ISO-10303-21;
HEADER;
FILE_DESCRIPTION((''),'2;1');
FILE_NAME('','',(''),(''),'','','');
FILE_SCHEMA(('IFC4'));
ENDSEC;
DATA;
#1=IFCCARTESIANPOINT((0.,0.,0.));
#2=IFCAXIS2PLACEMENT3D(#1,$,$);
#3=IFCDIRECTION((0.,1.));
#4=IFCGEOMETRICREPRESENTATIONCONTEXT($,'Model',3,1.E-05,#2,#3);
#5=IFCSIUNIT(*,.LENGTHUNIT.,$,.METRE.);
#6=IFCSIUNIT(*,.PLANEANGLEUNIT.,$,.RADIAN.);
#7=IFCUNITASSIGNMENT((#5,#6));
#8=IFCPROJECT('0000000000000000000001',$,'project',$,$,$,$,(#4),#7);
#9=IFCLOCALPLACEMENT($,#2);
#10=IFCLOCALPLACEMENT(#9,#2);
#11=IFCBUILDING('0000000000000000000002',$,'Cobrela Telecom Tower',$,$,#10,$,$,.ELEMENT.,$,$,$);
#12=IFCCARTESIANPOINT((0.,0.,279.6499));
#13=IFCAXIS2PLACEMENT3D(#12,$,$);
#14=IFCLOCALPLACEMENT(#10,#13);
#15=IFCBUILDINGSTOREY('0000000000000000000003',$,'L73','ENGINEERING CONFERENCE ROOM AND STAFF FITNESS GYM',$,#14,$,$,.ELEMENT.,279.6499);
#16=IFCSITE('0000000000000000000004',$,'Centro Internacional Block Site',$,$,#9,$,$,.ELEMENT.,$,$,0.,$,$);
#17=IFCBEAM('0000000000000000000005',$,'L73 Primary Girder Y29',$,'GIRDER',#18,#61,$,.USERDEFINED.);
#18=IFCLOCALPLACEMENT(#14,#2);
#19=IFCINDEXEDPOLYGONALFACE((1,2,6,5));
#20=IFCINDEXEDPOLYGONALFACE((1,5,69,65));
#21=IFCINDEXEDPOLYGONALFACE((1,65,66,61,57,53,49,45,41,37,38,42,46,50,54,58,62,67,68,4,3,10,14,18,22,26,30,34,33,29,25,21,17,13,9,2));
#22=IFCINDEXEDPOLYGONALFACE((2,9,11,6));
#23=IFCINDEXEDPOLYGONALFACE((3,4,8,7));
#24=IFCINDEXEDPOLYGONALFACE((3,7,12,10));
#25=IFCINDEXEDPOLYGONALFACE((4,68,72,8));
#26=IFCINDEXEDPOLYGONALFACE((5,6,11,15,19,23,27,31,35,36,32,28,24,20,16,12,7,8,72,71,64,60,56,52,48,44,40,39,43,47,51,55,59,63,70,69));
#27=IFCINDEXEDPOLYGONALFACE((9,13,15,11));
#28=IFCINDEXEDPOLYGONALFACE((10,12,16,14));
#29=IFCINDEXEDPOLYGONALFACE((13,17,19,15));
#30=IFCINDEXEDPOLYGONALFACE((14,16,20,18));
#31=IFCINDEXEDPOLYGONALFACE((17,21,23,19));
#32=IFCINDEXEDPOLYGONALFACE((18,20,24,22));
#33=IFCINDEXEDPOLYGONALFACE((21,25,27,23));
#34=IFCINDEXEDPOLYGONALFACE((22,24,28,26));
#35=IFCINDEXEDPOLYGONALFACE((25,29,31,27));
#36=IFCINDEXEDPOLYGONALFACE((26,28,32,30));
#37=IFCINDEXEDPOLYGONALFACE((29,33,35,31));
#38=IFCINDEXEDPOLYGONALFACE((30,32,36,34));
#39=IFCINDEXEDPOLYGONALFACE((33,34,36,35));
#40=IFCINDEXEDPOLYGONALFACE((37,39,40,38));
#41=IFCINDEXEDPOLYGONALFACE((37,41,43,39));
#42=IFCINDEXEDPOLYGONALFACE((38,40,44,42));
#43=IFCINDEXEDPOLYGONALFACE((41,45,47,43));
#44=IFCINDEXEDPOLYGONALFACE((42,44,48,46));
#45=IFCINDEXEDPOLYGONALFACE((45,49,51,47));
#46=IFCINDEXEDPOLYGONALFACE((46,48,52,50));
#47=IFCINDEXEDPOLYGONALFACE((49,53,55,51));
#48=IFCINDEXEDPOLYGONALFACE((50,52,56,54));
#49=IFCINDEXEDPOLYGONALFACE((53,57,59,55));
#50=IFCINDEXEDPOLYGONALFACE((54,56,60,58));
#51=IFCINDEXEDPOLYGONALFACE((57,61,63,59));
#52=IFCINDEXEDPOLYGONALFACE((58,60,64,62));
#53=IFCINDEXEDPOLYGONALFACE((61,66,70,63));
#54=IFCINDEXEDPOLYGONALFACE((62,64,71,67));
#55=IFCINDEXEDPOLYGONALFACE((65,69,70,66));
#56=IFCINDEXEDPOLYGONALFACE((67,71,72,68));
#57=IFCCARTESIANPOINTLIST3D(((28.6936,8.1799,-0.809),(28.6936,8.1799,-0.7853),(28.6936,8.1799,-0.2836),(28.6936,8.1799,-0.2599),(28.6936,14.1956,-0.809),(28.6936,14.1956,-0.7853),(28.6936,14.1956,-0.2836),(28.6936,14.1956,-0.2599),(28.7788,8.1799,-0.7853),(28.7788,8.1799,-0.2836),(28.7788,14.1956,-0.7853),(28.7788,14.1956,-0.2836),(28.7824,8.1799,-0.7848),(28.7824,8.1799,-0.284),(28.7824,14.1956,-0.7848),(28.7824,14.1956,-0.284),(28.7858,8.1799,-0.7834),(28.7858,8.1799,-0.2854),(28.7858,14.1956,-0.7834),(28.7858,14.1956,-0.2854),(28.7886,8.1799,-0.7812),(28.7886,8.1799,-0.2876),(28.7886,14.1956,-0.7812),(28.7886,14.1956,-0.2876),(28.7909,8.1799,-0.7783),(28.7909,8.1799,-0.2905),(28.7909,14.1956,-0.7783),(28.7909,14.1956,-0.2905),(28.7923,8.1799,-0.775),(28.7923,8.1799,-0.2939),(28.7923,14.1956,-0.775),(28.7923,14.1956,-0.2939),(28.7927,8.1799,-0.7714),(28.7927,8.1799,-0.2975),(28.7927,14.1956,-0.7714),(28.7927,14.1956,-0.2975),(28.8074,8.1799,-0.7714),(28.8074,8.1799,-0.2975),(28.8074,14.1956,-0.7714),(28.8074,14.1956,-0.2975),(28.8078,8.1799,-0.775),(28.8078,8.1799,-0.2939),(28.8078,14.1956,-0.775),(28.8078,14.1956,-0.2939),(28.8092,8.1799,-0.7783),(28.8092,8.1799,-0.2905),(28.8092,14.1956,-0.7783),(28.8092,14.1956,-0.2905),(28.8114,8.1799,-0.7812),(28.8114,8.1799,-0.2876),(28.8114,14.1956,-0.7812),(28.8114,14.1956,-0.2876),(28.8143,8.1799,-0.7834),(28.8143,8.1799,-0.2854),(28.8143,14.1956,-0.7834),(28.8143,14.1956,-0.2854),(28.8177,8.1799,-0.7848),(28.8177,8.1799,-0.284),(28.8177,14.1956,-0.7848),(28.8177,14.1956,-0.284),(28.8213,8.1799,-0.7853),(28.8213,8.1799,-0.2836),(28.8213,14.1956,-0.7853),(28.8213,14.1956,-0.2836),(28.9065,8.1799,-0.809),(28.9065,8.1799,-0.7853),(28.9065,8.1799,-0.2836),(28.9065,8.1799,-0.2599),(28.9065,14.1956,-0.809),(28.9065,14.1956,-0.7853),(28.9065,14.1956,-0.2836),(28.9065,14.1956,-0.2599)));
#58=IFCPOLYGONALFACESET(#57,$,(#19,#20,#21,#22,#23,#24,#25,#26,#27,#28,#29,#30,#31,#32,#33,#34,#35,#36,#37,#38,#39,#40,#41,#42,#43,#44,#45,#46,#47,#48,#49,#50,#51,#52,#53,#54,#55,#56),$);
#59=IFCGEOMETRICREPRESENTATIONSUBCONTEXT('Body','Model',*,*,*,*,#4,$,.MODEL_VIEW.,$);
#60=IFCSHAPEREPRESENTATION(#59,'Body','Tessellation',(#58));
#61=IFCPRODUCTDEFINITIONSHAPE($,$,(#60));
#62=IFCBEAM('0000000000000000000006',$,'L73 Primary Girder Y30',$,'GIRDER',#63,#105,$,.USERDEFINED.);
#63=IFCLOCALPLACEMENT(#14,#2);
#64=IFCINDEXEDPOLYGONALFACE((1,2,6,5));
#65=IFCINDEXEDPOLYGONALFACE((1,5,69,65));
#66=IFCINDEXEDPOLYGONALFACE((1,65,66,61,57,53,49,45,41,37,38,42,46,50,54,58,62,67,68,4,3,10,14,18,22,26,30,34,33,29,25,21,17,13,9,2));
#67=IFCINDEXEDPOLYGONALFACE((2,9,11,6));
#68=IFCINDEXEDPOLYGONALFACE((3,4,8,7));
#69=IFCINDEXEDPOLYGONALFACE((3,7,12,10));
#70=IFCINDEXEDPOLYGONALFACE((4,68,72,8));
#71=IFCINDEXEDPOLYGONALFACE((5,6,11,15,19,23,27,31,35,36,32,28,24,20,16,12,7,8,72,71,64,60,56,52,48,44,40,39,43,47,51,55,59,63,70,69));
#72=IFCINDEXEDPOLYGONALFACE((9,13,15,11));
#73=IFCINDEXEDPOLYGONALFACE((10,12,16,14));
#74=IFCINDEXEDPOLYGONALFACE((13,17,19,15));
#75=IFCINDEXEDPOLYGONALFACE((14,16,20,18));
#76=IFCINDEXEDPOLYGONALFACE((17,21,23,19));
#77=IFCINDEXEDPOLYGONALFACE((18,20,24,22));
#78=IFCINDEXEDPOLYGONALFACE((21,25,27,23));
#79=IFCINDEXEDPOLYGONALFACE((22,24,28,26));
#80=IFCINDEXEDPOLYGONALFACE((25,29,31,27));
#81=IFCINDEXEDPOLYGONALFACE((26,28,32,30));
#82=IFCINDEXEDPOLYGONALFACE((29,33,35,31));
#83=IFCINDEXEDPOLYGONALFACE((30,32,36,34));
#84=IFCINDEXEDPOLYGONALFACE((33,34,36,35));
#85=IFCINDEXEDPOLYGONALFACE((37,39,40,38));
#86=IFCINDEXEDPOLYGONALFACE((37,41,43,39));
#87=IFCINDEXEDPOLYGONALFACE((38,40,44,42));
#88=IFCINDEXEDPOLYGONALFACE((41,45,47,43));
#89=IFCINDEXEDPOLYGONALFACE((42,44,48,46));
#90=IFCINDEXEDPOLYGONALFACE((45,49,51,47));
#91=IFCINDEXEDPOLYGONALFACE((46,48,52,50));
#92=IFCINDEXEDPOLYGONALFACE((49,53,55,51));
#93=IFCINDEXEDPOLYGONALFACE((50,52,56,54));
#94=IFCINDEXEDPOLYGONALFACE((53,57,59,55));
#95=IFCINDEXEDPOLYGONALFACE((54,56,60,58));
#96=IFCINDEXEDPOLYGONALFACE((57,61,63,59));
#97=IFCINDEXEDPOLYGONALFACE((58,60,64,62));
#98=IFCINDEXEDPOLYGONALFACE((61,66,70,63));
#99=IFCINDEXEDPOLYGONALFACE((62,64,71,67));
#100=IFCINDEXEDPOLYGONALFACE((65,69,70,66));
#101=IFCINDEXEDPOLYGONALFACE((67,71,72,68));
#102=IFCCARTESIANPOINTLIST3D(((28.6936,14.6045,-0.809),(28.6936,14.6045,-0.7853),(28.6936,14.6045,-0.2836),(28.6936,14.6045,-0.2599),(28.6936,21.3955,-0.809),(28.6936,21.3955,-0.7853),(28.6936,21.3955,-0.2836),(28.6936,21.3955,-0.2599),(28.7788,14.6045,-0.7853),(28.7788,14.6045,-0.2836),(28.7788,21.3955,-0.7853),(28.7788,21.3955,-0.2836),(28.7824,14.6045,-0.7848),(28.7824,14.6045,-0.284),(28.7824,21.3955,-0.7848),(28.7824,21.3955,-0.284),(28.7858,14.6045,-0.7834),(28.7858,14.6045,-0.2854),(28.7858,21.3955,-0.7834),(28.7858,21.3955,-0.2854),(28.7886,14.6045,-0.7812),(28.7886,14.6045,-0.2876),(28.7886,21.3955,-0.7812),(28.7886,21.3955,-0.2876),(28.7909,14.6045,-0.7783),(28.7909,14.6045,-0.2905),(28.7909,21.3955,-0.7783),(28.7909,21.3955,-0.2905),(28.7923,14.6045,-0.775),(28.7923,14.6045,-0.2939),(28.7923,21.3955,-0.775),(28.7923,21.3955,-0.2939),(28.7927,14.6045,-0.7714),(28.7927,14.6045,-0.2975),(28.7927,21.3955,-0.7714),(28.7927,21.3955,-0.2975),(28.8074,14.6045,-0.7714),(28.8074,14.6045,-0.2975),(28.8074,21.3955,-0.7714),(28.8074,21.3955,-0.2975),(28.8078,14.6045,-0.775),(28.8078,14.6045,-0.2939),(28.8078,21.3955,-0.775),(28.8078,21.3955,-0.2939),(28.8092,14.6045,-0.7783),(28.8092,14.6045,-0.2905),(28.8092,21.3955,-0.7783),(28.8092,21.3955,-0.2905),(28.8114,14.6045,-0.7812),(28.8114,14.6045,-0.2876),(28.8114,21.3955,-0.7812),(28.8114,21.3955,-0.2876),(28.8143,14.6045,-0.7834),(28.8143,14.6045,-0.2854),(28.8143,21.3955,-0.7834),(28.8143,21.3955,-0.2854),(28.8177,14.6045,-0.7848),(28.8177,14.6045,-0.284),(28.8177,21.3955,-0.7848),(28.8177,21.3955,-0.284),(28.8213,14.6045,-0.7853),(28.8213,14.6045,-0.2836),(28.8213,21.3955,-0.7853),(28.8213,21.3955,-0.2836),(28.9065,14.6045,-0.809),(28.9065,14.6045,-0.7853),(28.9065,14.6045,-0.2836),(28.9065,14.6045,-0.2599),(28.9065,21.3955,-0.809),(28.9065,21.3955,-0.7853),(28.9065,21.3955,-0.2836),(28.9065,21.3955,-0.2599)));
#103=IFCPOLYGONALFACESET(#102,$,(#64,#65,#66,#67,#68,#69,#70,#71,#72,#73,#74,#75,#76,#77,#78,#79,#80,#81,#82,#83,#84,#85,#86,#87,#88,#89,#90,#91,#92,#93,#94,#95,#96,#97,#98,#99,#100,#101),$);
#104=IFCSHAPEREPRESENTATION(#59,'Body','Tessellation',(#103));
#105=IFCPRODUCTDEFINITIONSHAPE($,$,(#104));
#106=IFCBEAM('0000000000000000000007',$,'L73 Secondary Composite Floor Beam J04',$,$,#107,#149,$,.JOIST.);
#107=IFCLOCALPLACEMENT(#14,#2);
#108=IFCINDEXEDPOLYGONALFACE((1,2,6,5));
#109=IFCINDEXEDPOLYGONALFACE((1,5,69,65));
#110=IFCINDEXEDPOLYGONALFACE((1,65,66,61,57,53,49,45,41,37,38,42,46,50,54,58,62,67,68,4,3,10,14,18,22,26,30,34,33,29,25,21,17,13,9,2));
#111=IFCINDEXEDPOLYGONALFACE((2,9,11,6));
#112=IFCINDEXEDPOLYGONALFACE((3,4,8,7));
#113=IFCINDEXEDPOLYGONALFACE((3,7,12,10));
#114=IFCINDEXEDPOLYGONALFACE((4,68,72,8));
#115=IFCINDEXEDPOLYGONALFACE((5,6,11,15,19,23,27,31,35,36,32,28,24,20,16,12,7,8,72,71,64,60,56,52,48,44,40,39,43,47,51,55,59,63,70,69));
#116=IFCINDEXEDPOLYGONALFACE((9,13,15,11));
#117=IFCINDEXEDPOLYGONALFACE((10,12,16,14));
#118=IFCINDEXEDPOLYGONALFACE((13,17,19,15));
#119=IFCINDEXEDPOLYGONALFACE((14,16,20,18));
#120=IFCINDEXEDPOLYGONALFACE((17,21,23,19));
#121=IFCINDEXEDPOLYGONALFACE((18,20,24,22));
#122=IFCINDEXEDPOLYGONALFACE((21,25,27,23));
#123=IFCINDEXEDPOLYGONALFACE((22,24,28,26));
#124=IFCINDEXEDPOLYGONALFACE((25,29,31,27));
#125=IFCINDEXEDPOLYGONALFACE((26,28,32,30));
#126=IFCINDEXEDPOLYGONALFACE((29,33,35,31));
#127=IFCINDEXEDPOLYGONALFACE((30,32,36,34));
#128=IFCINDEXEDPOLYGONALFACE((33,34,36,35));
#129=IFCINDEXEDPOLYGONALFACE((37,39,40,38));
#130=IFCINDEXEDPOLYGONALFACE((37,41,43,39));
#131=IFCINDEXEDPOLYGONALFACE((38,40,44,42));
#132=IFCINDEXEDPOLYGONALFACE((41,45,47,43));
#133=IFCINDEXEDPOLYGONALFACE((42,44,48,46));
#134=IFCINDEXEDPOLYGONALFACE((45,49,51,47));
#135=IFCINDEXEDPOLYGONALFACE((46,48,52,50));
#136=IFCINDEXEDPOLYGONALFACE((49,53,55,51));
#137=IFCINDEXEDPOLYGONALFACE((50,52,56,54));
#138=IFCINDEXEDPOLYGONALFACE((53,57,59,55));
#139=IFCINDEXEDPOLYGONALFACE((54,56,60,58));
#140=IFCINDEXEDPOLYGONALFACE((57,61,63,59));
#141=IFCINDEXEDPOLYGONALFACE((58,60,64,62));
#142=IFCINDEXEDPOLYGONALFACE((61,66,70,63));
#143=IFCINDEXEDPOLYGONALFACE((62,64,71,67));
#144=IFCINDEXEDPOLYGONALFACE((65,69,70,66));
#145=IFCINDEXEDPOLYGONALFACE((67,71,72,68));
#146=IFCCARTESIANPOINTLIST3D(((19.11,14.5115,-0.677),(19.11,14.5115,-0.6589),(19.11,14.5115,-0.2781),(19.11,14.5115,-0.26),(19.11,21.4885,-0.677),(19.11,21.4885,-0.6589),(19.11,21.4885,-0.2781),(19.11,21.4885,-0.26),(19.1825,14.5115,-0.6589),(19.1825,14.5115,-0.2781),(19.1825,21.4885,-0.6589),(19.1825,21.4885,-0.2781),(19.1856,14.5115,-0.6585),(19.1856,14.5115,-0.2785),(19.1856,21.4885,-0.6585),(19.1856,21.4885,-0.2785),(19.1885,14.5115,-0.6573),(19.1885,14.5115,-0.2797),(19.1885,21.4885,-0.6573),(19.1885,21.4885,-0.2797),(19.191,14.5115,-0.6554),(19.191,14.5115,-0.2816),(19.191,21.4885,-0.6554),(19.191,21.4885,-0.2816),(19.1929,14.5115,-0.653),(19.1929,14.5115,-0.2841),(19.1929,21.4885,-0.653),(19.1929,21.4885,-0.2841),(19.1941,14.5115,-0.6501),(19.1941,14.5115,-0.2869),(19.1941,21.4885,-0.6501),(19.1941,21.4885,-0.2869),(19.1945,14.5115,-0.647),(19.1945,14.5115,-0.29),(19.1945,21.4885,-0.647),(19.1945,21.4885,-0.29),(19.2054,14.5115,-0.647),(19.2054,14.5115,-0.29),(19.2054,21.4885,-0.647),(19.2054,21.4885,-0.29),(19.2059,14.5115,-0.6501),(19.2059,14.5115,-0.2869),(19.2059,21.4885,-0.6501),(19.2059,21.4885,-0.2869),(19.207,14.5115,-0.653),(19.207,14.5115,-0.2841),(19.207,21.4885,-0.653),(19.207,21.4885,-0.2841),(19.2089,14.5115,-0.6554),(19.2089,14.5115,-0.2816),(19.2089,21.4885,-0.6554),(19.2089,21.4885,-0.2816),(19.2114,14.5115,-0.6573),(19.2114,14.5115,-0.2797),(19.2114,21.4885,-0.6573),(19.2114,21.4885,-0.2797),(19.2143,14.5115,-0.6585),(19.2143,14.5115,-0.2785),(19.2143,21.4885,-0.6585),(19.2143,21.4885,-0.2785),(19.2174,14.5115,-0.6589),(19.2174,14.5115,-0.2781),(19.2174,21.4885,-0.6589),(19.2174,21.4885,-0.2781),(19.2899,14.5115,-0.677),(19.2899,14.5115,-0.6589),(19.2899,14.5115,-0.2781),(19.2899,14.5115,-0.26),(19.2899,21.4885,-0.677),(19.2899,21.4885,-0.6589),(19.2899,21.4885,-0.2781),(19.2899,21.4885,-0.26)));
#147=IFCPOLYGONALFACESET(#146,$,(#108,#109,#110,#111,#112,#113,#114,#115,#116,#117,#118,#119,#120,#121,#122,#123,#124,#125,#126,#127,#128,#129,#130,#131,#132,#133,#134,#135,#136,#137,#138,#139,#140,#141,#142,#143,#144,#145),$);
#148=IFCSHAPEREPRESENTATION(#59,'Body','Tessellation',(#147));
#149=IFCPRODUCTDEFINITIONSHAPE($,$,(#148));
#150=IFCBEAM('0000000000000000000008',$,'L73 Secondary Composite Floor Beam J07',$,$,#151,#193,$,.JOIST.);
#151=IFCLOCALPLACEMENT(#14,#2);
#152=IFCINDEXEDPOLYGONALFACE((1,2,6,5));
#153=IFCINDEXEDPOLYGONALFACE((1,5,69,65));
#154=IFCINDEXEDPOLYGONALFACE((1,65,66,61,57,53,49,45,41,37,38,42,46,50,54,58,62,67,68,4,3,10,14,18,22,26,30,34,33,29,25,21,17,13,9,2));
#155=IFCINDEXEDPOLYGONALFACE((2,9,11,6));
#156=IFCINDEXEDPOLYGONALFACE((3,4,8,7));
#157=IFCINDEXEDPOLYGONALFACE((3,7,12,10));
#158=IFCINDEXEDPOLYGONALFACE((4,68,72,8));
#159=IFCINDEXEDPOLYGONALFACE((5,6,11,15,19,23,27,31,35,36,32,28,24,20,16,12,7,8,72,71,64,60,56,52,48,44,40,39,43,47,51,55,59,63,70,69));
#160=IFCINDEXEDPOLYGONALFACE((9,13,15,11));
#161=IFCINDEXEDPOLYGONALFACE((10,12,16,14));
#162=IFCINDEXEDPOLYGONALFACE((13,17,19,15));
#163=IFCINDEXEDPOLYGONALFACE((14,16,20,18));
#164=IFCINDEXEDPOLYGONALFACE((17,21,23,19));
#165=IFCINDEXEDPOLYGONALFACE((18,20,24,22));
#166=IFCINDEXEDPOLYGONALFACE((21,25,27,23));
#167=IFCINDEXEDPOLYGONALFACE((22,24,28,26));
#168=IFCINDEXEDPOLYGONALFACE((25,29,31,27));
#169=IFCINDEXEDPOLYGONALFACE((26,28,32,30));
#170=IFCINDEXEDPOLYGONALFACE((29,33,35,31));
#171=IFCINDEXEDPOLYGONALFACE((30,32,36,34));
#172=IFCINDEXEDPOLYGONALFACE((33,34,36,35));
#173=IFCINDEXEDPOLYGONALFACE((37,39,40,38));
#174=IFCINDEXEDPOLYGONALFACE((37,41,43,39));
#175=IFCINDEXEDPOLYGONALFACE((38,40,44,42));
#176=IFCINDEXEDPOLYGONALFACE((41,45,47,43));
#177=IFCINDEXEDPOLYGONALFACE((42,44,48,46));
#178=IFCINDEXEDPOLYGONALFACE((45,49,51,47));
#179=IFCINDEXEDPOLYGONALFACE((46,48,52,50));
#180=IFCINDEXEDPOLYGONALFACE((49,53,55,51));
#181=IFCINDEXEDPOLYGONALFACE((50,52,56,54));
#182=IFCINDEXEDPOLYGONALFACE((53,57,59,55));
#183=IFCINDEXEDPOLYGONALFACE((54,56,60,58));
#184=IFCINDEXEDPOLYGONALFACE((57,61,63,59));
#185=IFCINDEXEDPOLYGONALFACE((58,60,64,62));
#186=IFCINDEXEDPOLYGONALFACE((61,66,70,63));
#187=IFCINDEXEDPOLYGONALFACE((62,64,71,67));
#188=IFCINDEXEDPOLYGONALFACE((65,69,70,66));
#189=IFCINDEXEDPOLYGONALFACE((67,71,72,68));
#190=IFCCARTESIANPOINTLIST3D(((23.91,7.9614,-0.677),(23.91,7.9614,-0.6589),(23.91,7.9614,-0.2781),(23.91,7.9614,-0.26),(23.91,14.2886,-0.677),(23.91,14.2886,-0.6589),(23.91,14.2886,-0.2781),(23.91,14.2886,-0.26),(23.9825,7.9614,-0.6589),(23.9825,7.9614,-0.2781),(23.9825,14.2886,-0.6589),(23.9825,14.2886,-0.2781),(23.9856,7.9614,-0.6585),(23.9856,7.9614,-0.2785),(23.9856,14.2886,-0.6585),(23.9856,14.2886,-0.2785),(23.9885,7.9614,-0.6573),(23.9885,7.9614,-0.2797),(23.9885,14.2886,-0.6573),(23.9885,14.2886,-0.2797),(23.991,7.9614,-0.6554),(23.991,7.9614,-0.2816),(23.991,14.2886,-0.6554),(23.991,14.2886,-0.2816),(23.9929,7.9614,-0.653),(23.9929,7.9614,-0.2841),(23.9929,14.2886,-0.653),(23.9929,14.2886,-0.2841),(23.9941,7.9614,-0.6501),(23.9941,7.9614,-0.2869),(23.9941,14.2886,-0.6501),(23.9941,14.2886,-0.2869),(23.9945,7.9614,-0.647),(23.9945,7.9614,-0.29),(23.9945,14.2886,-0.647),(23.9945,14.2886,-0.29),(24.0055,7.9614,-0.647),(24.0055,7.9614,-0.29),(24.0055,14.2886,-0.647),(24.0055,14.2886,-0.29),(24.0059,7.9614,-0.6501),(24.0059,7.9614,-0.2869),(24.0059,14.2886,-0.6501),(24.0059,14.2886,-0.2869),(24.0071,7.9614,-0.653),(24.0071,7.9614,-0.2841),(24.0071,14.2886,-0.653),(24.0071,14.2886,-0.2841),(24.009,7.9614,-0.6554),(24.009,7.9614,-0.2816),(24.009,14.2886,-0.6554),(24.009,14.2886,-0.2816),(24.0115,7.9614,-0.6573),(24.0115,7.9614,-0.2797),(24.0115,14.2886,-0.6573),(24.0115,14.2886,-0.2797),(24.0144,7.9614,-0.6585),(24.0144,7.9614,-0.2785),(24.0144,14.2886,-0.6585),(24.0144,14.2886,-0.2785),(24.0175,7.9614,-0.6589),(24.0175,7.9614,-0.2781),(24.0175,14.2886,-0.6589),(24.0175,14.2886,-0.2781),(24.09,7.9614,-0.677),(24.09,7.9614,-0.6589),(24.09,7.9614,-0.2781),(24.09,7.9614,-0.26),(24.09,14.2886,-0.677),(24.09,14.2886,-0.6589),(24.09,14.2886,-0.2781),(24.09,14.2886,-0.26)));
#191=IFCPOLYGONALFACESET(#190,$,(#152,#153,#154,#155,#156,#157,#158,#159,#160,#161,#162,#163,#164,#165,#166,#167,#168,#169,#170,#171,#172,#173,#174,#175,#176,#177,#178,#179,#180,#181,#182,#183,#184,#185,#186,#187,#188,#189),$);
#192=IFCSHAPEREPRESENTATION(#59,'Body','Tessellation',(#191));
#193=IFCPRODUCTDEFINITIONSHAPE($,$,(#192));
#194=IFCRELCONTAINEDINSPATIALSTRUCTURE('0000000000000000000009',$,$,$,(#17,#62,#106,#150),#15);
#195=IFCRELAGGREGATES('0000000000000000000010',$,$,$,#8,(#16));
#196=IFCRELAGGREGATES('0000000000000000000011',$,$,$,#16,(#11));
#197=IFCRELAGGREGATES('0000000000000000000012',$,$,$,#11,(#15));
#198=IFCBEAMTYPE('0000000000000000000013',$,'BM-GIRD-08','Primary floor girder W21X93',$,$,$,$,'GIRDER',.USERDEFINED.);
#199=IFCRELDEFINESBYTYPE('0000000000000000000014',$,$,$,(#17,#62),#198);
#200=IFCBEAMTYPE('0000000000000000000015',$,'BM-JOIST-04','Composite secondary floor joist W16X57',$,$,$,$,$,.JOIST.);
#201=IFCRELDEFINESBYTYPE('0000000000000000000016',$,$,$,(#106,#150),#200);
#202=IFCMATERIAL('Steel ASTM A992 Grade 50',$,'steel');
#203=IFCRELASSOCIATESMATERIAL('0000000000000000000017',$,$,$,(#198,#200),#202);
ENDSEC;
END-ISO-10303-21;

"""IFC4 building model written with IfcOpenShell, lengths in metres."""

from ifc_helpers import new_model, si_unit, direction, frame, origin, origin_2d, place, context, subcontext, project, spatial, i_section, extrude, material, material_profile, profile_set, type_object, element, save


model = new_model("IFC4")

# Units and contexts
model_context = context("Model", 3, precision=1e-05, world=origin(), true_north=direction((0.0, 1.0)))
body_context = subcontext(model_context, "Body", "Model", "MODEL_VIEW")
ifc_project = project(units=[si_unit("LENGTHUNIT", "METRE"), si_unit("PLANEANGLEUNIT", "RADIAN")], contexts=[model_context])

# Site, building, storey
site_placement = place(None, origin())
site = spatial("IfcSite", under=ifc_project, at=site_placement, Name="Centro Internacional Block Site", CompositionType="ELEMENT", RefElevation=0.0)
building_placement = place(site_placement, origin())
building = spatial("IfcBuilding", under=site, at=building_placement, Name="Cobrela Telecom Tower", CompositionType="ELEMENT")
storey_placement = place(building_placement, frame((0.0, 0.0, 279.6499)))
storey = spatial("IfcBuildingStorey", under=building, at=storey_placement, Name="L73", Description="ENGINEERING CONFERENCE ROOM AND STAFF FITNESS GYM", CompositionType="ELEMENT", Elevation=279.6499)

# Shared definitions
ifc_material_1 = material(Name="Steel ASTM A992 Grade 50", Category="steel")

# Beams
ifc_material_profile_1 = material_profile(ifc_material_1, i_section(OverallWidth=0.2129, OverallDepth=0.5491, WebThickness=0.0146, FlangeThickness=0.0237, FilletRadius=0.0139, at=origin_2d()), Name="W21X93")
ifc_profile_set_1 = profile_set([ifc_material_profile_1], Name="Steel ASTM A992 Grade 50")
beam_type_1 = type_object("IfcBeamType", Name="BM-GIRD-08", Description="Primary floor girder W21X93", ElementType="GIRDER", PredefinedType="USERDEFINED", material=ifc_profile_set_1)
beam_1_placement = place(storey_placement, frame((28.8, 8.1799, -0.5344), z_axis=(0.0, 1.0, 0.0), x_axis=(-1.0, 0.0, 0.0)))
element("IfcBeam", 1, at=beam_1_placement, inside=storey, type_object=beam_type_1, Name="L73 Primary Girder Y29", ObjectType="GIRDER", PredefinedType="USERDEFINED", context=body_context, shape_type="SweptSolid", body=[
    extrude(i_section(OverallWidth=0.2129, OverallDepth=0.5491, WebThickness=0.0146, FlangeThickness=0.0237, FilletRadius=0.0139, at=origin_2d()), origin(), (0.0, 0.0, 1.0), 6.0156),
])
beam_2_placement = place(storey_placement, frame((28.8, 14.6045, -0.5344), z_axis=(0.0, 1.0, 0.0), x_axis=(-1.0, 0.0, 0.0)))
element("IfcBeam", 2, at=beam_2_placement, inside=storey, type_object=beam_type_1, Name="L73 Primary Girder Y30", ObjectType="GIRDER", PredefinedType="USERDEFINED", context=body_context, shape_type="SweptSolid", body=[
    extrude(i_section(OverallWidth=0.2129, OverallDepth=0.5491, WebThickness=0.0146, FlangeThickness=0.0237, FilletRadius=0.0139, at=origin_2d()), origin(), (0.0, 0.0, 1.0), 6.791),
])
ifc_material_profile_2 = material_profile(ifc_material_1, i_section(OverallWidth=0.1799, OverallDepth=0.417, WebThickness=0.011, FlangeThickness=0.0181, FilletRadius=0.012, at=origin_2d()), Name="W16X57")
ifc_profile_set_2 = profile_set([ifc_material_profile_2], Name="Steel ASTM A992 Grade 50")
beam_type_2 = type_object("IfcBeamType", Name="BM-JOIST-04", Description="Composite secondary floor joist W16X57", PredefinedType="JOIST", material=ifc_profile_set_2)
beam_3_placement = place(storey_placement, frame((19.2, 14.5115, -0.4685), z_axis=(0.0, 1.0, 0.0), x_axis=(-1.0, 0.0, 0.0)))
element("IfcBeam", 3, at=beam_3_placement, inside=storey, type_object=beam_type_2, Name="L73 Secondary Composite Floor Beam J04", PredefinedType="JOIST", context=body_context, shape_type="SweptSolid", body=[
    extrude(i_section(OverallWidth=0.1799, OverallDepth=0.417, WebThickness=0.011, FlangeThickness=0.0181, FilletRadius=0.012, at=origin_2d()), origin(), (0.0, 0.0, 1.0), 6.9771),
])
beam_4_placement = place(storey_placement, frame((24.0, 7.9614, -0.4685), z_axis=(0.0, 1.0, 0.0), x_axis=(-1.0, 0.0, 0.0)))
element("IfcBeam", 4, at=beam_4_placement, inside=storey, type_object=beam_type_2, Name="L73 Secondary Composite Floor Beam J07", PredefinedType="JOIST", context=body_context, shape_type="SweptSolid", body=[
    extrude(i_section(OverallWidth=0.1799, OverallDepth=0.417, WebThickness=0.011, FlangeThickness=0.0181, FilletRadius=0.012, at=origin_2d()), origin(), (0.0, 0.0, 1.0), 6.3271),
])

save(model, "model.ifc")
